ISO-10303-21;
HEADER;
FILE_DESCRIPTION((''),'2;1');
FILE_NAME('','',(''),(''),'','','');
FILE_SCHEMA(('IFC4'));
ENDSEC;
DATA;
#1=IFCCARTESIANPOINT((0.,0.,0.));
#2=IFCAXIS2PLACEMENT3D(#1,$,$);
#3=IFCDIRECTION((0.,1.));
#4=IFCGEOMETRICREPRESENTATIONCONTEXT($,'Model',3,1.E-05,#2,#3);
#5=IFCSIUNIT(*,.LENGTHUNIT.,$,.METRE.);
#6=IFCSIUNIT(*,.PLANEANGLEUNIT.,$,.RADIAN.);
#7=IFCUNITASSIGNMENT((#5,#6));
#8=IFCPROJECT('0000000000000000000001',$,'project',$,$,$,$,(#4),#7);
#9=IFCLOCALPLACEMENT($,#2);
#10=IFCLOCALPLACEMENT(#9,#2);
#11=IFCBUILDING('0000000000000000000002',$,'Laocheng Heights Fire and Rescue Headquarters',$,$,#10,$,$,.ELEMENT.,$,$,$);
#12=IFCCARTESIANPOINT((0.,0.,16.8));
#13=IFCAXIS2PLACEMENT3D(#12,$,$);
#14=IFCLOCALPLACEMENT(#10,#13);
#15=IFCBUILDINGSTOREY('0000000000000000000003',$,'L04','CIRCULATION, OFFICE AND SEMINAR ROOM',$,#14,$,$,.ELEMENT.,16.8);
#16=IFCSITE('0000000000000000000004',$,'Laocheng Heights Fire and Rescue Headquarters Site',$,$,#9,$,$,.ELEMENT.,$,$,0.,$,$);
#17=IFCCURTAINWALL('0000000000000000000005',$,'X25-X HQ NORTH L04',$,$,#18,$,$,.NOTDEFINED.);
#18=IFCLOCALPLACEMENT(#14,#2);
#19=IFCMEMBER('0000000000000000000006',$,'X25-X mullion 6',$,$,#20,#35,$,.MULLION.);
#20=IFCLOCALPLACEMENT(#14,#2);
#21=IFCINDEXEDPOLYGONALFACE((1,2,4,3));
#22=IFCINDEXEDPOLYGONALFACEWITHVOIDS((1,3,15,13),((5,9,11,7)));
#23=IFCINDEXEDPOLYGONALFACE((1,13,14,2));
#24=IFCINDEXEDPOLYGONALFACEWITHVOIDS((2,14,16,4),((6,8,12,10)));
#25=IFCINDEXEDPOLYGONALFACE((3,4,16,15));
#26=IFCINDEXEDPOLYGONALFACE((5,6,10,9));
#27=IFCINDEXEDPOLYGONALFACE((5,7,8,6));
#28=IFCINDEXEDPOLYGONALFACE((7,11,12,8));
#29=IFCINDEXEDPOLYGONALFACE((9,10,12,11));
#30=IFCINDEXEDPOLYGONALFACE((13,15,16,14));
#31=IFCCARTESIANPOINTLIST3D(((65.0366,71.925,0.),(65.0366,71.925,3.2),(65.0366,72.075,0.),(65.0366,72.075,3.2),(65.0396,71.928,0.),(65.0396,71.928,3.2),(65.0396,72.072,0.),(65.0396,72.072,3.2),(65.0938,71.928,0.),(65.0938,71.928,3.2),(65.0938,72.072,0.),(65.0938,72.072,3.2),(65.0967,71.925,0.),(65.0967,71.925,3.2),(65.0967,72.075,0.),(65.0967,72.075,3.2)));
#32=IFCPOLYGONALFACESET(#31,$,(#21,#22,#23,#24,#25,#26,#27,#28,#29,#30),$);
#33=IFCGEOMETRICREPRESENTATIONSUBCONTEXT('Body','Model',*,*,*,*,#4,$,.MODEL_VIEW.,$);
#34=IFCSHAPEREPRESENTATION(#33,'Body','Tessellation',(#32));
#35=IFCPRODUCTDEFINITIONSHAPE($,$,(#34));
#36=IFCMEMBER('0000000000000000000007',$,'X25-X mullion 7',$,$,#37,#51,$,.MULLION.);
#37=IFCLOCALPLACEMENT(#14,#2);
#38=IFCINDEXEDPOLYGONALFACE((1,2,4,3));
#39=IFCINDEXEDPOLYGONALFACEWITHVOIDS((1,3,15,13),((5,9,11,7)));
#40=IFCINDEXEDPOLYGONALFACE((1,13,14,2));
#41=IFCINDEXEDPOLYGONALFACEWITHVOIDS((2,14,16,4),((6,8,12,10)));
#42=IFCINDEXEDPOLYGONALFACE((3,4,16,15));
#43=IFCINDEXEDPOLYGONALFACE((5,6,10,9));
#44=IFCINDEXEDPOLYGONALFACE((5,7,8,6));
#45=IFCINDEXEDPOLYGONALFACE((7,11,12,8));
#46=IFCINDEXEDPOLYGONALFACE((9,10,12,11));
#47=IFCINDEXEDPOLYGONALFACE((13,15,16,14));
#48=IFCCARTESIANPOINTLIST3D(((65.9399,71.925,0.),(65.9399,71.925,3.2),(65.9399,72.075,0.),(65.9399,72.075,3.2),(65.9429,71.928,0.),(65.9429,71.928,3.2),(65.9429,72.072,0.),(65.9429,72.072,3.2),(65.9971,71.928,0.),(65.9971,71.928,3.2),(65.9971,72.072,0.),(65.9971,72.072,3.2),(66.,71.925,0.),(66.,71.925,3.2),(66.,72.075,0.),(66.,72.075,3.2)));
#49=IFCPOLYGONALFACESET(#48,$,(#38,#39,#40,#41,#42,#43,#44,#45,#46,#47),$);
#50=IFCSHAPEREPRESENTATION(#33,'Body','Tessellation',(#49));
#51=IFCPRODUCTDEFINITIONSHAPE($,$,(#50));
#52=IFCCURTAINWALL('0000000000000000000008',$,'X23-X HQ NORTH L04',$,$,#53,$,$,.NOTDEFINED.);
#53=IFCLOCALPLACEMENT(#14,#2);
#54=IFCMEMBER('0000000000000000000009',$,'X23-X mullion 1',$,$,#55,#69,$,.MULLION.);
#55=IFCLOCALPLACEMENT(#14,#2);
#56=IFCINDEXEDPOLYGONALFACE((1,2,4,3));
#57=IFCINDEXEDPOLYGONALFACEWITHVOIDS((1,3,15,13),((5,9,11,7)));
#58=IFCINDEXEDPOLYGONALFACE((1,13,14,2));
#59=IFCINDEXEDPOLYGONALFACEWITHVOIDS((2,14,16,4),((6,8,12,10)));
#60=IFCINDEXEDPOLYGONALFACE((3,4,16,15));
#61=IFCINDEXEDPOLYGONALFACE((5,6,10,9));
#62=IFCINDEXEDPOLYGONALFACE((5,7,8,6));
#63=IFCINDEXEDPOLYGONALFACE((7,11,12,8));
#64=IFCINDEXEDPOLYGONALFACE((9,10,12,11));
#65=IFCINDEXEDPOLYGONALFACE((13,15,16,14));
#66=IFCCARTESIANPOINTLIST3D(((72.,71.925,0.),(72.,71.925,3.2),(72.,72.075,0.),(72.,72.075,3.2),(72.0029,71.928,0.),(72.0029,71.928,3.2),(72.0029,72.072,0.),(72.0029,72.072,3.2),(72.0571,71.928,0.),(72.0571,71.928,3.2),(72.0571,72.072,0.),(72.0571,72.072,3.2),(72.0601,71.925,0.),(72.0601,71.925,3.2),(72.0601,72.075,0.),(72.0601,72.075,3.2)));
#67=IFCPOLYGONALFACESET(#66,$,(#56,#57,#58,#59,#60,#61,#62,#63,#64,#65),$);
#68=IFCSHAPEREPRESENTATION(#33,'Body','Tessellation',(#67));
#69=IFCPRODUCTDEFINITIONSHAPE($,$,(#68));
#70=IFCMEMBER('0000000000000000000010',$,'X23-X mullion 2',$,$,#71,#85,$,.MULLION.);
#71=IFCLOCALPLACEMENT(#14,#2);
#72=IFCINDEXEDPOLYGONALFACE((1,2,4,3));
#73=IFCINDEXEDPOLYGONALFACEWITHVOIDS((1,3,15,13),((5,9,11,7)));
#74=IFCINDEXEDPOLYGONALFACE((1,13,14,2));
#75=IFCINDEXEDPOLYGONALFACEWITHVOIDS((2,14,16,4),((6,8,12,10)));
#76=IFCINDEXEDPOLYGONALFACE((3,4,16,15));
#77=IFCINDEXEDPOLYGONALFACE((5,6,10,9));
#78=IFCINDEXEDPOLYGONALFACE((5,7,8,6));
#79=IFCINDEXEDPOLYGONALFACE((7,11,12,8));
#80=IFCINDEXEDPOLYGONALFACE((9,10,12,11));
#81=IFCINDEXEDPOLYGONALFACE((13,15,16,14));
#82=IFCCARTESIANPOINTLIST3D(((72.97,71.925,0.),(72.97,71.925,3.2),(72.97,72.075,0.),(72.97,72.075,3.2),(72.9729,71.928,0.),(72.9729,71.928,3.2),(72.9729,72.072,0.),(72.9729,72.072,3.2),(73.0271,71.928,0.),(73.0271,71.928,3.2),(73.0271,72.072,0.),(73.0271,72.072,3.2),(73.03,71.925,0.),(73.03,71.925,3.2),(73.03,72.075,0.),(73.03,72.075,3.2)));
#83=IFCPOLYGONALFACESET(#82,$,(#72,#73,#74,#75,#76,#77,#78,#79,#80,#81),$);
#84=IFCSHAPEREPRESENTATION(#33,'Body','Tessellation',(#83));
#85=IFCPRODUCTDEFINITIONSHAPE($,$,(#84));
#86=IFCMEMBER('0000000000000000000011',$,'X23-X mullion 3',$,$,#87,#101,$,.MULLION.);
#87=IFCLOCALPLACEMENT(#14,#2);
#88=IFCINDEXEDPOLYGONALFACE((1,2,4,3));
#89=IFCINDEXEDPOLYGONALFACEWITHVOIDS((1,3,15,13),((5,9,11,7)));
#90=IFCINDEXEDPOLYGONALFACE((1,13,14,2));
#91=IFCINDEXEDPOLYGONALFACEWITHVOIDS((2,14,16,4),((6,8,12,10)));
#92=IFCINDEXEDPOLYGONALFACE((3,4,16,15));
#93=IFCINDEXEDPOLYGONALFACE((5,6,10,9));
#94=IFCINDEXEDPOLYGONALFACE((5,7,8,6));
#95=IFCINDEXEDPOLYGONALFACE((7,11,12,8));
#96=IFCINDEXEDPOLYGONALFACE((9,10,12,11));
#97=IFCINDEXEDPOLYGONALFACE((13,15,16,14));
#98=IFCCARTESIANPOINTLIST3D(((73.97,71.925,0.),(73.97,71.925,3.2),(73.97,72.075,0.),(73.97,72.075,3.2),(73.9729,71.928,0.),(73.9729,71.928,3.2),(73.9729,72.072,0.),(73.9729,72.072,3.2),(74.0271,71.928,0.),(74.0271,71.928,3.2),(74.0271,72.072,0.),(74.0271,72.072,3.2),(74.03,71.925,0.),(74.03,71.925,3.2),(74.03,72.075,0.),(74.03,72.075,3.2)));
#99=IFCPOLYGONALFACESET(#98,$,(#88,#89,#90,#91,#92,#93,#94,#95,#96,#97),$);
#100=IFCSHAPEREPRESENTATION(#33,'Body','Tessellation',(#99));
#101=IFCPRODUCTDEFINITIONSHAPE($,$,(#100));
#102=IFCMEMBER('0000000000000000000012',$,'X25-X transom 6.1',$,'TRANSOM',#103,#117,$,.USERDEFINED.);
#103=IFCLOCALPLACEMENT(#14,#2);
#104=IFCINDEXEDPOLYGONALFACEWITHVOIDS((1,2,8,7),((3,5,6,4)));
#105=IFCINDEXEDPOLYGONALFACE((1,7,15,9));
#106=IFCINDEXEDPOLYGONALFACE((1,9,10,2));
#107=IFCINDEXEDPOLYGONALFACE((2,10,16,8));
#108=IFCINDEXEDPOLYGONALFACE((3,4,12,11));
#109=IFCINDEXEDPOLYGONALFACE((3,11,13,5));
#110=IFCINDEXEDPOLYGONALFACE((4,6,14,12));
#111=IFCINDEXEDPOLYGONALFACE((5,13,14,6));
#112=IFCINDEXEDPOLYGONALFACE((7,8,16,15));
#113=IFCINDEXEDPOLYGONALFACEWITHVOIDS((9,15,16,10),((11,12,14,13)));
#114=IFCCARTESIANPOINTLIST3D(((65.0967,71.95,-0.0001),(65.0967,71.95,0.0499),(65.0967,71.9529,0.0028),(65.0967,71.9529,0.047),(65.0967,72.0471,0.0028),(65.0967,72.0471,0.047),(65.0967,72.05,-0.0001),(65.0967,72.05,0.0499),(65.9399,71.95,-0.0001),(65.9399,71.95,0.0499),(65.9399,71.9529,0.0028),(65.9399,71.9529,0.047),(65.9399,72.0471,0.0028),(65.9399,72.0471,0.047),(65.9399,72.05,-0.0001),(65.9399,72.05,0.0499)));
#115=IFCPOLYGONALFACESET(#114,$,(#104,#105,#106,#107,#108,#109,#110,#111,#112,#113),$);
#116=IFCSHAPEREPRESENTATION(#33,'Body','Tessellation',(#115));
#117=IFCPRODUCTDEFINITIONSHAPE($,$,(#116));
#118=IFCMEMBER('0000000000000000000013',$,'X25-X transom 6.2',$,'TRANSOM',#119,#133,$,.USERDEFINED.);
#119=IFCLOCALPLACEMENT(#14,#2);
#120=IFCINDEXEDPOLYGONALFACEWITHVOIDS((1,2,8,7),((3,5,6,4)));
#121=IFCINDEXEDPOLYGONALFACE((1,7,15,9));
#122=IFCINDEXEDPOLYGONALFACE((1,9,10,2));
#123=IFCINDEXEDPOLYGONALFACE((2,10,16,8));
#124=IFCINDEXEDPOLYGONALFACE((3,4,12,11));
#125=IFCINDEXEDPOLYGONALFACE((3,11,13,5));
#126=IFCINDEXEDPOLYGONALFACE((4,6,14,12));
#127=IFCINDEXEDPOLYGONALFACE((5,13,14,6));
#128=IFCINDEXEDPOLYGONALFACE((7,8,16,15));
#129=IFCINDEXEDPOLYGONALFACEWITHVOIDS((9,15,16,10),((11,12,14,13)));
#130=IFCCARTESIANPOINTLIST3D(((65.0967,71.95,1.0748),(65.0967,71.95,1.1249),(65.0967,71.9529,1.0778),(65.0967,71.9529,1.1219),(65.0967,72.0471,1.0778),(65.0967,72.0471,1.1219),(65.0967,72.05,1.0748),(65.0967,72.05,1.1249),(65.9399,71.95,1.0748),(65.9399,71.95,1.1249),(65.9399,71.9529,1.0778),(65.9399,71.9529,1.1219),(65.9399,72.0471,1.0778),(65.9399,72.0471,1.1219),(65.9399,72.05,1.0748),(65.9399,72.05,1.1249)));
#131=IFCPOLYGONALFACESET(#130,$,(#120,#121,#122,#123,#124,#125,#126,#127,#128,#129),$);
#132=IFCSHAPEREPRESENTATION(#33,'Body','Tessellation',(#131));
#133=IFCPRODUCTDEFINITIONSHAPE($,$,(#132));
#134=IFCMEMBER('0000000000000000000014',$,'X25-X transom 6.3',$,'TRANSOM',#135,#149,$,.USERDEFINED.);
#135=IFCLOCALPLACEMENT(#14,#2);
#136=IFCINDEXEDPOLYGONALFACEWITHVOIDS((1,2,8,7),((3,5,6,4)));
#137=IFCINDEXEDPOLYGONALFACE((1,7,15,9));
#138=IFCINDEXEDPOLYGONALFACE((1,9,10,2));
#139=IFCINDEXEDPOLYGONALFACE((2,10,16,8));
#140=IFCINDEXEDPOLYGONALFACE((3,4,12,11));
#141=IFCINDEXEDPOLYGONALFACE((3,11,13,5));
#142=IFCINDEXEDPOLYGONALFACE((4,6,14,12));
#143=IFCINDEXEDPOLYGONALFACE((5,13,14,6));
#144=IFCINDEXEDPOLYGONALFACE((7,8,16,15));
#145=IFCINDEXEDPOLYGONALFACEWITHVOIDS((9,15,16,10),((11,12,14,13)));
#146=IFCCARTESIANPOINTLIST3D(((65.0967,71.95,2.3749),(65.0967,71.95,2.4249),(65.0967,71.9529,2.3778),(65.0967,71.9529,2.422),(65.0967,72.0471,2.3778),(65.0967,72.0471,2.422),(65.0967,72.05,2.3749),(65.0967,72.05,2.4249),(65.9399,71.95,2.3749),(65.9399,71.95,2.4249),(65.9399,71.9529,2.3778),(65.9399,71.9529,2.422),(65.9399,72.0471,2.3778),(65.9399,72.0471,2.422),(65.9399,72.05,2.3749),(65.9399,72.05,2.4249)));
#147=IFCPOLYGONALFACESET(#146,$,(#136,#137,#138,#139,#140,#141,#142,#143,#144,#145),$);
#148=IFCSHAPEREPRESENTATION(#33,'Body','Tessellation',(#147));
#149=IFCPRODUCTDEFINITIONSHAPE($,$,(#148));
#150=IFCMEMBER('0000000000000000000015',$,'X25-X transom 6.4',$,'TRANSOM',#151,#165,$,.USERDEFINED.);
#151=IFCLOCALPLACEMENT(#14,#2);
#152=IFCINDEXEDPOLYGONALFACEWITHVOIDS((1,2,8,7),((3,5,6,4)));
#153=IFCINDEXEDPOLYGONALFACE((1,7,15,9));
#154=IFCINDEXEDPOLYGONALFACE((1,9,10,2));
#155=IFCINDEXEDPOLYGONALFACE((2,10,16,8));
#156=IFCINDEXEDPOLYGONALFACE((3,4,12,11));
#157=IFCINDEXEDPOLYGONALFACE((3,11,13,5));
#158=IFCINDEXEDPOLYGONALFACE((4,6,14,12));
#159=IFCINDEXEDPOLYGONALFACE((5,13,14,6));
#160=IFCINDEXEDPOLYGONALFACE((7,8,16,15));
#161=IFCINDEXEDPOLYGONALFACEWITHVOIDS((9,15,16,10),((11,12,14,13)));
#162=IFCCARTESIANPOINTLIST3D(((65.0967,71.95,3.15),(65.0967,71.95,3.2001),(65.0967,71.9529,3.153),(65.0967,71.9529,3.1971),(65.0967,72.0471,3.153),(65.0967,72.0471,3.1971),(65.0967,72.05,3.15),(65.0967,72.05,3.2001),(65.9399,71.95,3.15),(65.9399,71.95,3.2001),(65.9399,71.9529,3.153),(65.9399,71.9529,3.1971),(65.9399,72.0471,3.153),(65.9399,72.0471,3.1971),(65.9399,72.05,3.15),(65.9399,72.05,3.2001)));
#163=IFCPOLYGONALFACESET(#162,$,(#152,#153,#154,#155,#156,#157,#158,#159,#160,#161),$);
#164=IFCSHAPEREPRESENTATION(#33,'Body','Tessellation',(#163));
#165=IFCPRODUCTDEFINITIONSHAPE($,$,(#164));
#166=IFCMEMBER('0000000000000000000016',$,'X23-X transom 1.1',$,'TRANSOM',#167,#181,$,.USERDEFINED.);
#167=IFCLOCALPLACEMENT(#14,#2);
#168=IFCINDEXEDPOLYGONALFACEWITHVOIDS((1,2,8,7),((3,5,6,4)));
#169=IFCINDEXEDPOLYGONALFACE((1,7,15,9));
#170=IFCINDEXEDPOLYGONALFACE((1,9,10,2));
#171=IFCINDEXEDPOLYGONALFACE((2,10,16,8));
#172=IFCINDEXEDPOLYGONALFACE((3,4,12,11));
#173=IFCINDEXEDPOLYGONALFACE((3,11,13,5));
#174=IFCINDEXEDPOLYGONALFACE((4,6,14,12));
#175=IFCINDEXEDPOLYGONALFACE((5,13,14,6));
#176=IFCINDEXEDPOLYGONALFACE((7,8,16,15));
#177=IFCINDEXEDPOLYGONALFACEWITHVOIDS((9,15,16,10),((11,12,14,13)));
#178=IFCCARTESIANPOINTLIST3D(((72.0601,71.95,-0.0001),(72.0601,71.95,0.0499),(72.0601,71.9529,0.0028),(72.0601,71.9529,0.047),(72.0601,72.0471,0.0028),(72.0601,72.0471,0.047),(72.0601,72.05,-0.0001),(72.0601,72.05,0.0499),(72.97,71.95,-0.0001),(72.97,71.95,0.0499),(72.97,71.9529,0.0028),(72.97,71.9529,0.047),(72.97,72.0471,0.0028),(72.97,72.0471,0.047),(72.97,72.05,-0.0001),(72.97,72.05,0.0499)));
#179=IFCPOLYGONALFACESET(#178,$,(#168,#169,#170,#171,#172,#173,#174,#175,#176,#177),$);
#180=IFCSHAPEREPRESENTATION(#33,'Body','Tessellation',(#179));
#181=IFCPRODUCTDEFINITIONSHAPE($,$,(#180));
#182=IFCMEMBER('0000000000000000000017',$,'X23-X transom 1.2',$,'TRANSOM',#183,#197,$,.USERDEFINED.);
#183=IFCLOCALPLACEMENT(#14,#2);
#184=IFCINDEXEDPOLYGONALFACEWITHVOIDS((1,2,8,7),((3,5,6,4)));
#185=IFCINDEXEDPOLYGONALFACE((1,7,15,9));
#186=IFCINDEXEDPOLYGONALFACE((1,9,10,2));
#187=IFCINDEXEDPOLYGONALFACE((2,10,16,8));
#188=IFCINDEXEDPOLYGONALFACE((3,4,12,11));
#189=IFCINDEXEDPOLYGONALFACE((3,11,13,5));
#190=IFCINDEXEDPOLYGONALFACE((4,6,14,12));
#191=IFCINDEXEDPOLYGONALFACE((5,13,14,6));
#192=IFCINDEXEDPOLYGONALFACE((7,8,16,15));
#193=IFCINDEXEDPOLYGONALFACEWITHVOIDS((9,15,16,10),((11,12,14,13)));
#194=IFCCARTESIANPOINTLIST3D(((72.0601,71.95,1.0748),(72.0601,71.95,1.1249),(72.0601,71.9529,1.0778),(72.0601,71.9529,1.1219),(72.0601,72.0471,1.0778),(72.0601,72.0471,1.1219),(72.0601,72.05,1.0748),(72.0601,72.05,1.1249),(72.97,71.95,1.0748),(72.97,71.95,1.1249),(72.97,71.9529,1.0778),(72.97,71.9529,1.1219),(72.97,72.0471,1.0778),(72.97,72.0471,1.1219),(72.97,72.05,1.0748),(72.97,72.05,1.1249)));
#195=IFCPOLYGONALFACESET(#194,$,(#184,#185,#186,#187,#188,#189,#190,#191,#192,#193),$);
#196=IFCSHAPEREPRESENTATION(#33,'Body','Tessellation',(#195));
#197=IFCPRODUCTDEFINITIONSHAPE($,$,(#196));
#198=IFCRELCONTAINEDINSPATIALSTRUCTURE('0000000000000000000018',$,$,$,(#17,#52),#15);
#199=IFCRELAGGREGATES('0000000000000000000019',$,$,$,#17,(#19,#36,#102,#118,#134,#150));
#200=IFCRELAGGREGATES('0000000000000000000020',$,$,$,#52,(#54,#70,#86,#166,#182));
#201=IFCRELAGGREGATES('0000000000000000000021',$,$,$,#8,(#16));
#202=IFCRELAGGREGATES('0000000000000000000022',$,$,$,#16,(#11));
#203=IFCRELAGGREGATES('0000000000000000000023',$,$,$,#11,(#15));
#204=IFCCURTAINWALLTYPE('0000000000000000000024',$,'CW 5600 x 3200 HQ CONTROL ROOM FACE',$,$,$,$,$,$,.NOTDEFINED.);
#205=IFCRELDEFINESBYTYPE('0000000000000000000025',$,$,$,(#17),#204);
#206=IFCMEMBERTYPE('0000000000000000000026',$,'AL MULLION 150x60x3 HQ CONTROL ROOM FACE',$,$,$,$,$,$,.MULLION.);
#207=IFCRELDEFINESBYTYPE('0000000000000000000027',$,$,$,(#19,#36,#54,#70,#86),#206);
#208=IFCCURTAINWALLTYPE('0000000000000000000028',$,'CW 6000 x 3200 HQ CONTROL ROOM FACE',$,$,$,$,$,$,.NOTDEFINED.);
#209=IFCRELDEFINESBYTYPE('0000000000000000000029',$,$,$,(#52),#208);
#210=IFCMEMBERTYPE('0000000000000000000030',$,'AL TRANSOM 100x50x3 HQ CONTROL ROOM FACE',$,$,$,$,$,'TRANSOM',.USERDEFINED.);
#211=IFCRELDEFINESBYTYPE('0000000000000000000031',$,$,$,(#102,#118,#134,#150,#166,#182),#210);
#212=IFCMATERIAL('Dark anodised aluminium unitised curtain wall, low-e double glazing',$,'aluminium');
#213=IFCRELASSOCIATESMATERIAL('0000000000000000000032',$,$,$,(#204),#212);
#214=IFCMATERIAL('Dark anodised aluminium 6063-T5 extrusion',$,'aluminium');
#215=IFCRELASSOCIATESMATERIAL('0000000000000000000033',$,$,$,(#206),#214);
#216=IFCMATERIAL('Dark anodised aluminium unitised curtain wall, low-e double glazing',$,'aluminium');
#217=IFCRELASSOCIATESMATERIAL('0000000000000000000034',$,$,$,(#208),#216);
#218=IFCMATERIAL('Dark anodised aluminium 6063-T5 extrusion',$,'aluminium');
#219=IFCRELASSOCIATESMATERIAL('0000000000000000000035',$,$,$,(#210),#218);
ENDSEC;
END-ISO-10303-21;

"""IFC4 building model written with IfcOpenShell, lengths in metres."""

from ifc_helpers import new_model, si_unit, direction, frame, origin, origin_2d, place, context, subcontext, project, spatial, hollow_rectangle, extrude, material, material_profile, profile_set, type_object, element, aggregate, save


model = new_model("IFC4")

# Units and contexts
model_context = context("Model", 3, precision=1e-05, world=origin(), true_north=direction((0.0, 1.0)))
body_context = subcontext(model_context, "Body", "Model", "MODEL_VIEW")
ifc_project = project(units=[si_unit("LENGTHUNIT", "METRE"), si_unit("PLANEANGLEUNIT", "RADIAN")], contexts=[model_context])

# Site, building, storey
site_placement = place(None, origin())
site = spatial("IfcSite", under=ifc_project, at=site_placement, Name="Laocheng Heights Fire and Rescue Headquarters Site", CompositionType="ELEMENT", RefElevation=0.0)
building_placement = place(site_placement, origin())
building = spatial("IfcBuilding", under=site, at=building_placement, Name="Laocheng Heights Fire and Rescue Headquarters", CompositionType="ELEMENT")
storey_placement = place(building_placement, frame((0.0, 0.0, 16.8)))
storey = spatial("IfcBuildingStorey", under=building, at=storey_placement, Name="L04", Description="CIRCULATION, OFFICE AND SEMINAR ROOM", CompositionType="ELEMENT", Elevation=16.8)

# Curtain walls, members
ifc_material_1 = material(Name="Dark anodised aluminium unitised curtain wall, low-e double glazing", Category="aluminium")
curtain_wall_type_1 = type_object("IfcCurtainWallType", Name="CW 5600 x 3200 HQ CONTROL ROOM FACE", PredefinedType="NOTDEFINED", material=ifc_material_1)
curtain_wall_1_placement = place(storey_placement, origin())
curtain_wall_1 = element("IfcCurtainWall", 1, at=curtain_wall_1_placement, inside=storey, type_object=curtain_wall_type_1, Name="X25-X HQ NORTH L04", PredefinedType="NOTDEFINED")
ifc_material_2 = material(Name="Dark anodised aluminium 6063-T5 extrusion", Category="aluminium")
ifc_material_profile_1 = material_profile(ifc_material_2, hollow_rectangle(XDim=0.1499, YDim=0.0601, WallThickness=0.0029, at=origin_2d()), Name="AL MULLION 150x60x3 HQ CONTROL ROOM FACE")
ifc_profile_set_1 = profile_set([ifc_material_profile_1], Name="Dark anodised aluminium 6063-T5 extrusion")
member_type_1 = type_object("IfcMemberType", Name="AL MULLION 150x60x3 HQ CONTROL ROOM FACE", PredefinedType="MULLION", material=ifc_profile_set_1)
member_1_placement = place(storey_placement, frame((65.0667, 72.0, 0.0), z_axis=(0.0, 0.0, 1.0), x_axis=(0.0, 1.0, 0.0)))
member_1 = element("IfcMember", 2, at=member_1_placement, type_object=member_type_1, Name="X25-X mullion 6", PredefinedType="MULLION", context=body_context, shape_type="SweptSolid", body=[
    extrude(hollow_rectangle(XDim=0.1499, YDim=0.0601, WallThickness=0.0029, at=origin_2d()), origin(), (0.0, 0.0, 1.0), 3.2),
])
member_2_placement = place(storey_placement, frame((65.97, 72.0, 0.0), z_axis=(0.0, 0.0, 1.0), x_axis=(0.0, 1.0, 0.0)))
member_2 = element("IfcMember", 3, at=member_2_placement, type_object=member_type_1, Name="X25-X mullion 7", PredefinedType="MULLION", context=body_context, shape_type="SweptSolid", body=[
    extrude(hollow_rectangle(XDim=0.1499, YDim=0.0601, WallThickness=0.0029, at=origin_2d()), origin(), (0.0, 0.0, 1.0), 3.2),
])
ifc_material_3 = material(Name="Dark anodised aluminium unitised curtain wall, low-e double glazing", Category="aluminium")
curtain_wall_type_2 = type_object("IfcCurtainWallType", Name="CW 6000 x 3200 HQ CONTROL ROOM FACE", PredefinedType="NOTDEFINED", material=ifc_material_3)
curtain_wall_2_placement = place(storey_placement, origin())
curtain_wall_2 = element("IfcCurtainWall", 4, at=curtain_wall_2_placement, inside=storey, type_object=curtain_wall_type_2, Name="X23-X HQ NORTH L04", PredefinedType="NOTDEFINED")
member_3_placement = place(storey_placement, frame((72.03, 72.0, 0.0), z_axis=(0.0, 0.0, 1.0), x_axis=(0.0, 1.0, 0.0)))
member_3 = element("IfcMember", 5, at=member_3_placement, type_object=member_type_1, Name="X23-X mullion 1", PredefinedType="MULLION", context=body_context, shape_type="SweptSolid", body=[
    extrude(hollow_rectangle(XDim=0.1499, YDim=0.0601, WallThickness=0.0029, at=origin_2d()), origin(), (0.0, 0.0, 1.0), 3.2),
])
member_4_placement = place(storey_placement, frame((73.0, 72.0, 0.0), z_axis=(0.0, 0.0, 1.0), x_axis=(0.0, 1.0, 0.0)))
member_4 = element("IfcMember", 6, at=member_4_placement, type_object=member_type_1, Name="X23-X mullion 2", PredefinedType="MULLION", context=body_context, shape_type="SweptSolid", body=[
    extrude(hollow_rectangle(XDim=0.1499, YDim=0.0601, WallThickness=0.0029, at=origin_2d()), origin(), (0.0, 0.0, 1.0), 3.2),
])
member_5_placement = place(storey_placement, frame((74.0, 72.0, 0.0), z_axis=(0.0, 0.0, 1.0), x_axis=(0.0, 1.0, 0.0)))
member_5 = element("IfcMember", 7, at=member_5_placement, type_object=member_type_1, Name="X23-X mullion 3", PredefinedType="MULLION", context=body_context, shape_type="SweptSolid", body=[
    extrude(hollow_rectangle(XDim=0.1499, YDim=0.0601, WallThickness=0.0029, at=origin_2d()), origin(), (0.0, 0.0, 1.0), 3.2),
])

# Members
ifc_material_4 = material(Name="Dark anodised aluminium 6063-T5 extrusion", Category="aluminium")
ifc_material_profile_2 = material_profile(ifc_material_4, hollow_rectangle(XDim=0.1001, YDim=0.05, WallThickness=0.0029, at=origin_2d()), Name="AL TRANSOM 100x50x3 HQ CONTROL ROOM FACE")
ifc_profile_set_2 = profile_set([ifc_material_profile_2], Name="Dark anodised aluminium 6063-T5 extrusion")
member_type_2 = type_object("IfcMemberType", Name="AL TRANSOM 100x50x3 HQ CONTROL ROOM FACE", ElementType="TRANSOM", PredefinedType="USERDEFINED", material=ifc_profile_set_2)
member_6_placement = place(storey_placement, frame((65.0967, 72.0, 0.0249), z_axis=(1.0, 0.0, 0.0), x_axis=(0.0, 1.0, 0.0)))
member_6 = element("IfcMember", 8, at=member_6_placement, type_object=member_type_2, Name="X25-X transom 6.1", ObjectType="TRANSOM", PredefinedType="USERDEFINED", context=body_context, shape_type="SweptSolid", body=[
    extrude(hollow_rectangle(XDim=0.1001, YDim=0.05, WallThickness=0.0029, at=origin_2d()), origin(), (0.0, 0.0, 1.0), 0.8433),
])
member_7_placement = place(storey_placement, frame((65.0967, 72.0, 1.0999), z_axis=(1.0, 0.0, 0.0), x_axis=(0.0, 1.0, 0.0)))
member_7 = element("IfcMember", 9, at=member_7_placement, type_object=member_type_2, Name="X25-X transom 6.2", ObjectType="TRANSOM", PredefinedType="USERDEFINED", context=body_context, shape_type="SweptSolid", body=[
    extrude(hollow_rectangle(XDim=0.1001, YDim=0.05, WallThickness=0.0029, at=origin_2d()), origin(), (0.0, 0.0, 1.0), 0.8433),
])
member_8_placement = place(storey_placement, frame((65.0967, 72.0, 2.3999), z_axis=(1.0, 0.0, 0.0), x_axis=(0.0, 1.0, 0.0)))
member_8 = element("IfcMember", 10, at=member_8_placement, type_object=member_type_2, Name="X25-X transom 6.3", ObjectType="TRANSOM", PredefinedType="USERDEFINED", context=body_context, shape_type="SweptSolid", body=[
    extrude(hollow_rectangle(XDim=0.1001, YDim=0.05, WallThickness=0.0029, at=origin_2d()), origin(), (0.0, 0.0, 1.0), 0.8433),
])
member_9_placement = place(storey_placement, frame((65.0967, 72.0, 3.175), z_axis=(1.0, 0.0, 0.0), x_axis=(0.0, 1.0, 0.0)))
member_9 = element("IfcMember", 11, at=member_9_placement, type_object=member_type_2, Name="X25-X transom 6.4", ObjectType="TRANSOM", PredefinedType="USERDEFINED", context=body_context, shape_type="SweptSolid", body=[
    extrude(hollow_rectangle(XDim=0.1001, YDim=0.05, WallThickness=0.0029, at=origin_2d()), origin(), (0.0, 0.0, 1.0), 0.8433),
])
member_10_placement = place(storey_placement, frame((72.0601, 72.0, 0.0249), z_axis=(1.0, 0.0, 0.0), x_axis=(0.0, 1.0, 0.0)))
member_10 = element("IfcMember", 12, at=member_10_placement, type_object=member_type_2, Name="X23-X transom 1.1", ObjectType="TRANSOM", PredefinedType="USERDEFINED", context=body_context, shape_type="SweptSolid", body=[
    extrude(hollow_rectangle(XDim=0.1001, YDim=0.05, WallThickness=0.0029, at=origin_2d()), origin(), (0.0, 0.0, 1.0), 0.9099),
])
member_11_placement = place(storey_placement, frame((72.0601, 72.0, 1.0999), z_axis=(1.0, 0.0, 0.0), x_axis=(0.0, 1.0, 0.0)))
member_11 = element("IfcMember", 13, at=member_11_placement, type_object=member_type_2, Name="X23-X transom 1.2", ObjectType="TRANSOM", PredefinedType="USERDEFINED", context=body_context, shape_type="SweptSolid", body=[
    extrude(hollow_rectangle(XDim=0.1001, YDim=0.05, WallThickness=0.0029, at=origin_2d()), origin(), (0.0, 0.0, 1.0), 0.9099),
])

aggregate(curtain_wall_1, [member_1, member_2, member_6, member_7, member_8, member_9])
aggregate(curtain_wall_2, [member_3, member_4, member_5, member_10, member_11])

save(model, "model.ifc")
